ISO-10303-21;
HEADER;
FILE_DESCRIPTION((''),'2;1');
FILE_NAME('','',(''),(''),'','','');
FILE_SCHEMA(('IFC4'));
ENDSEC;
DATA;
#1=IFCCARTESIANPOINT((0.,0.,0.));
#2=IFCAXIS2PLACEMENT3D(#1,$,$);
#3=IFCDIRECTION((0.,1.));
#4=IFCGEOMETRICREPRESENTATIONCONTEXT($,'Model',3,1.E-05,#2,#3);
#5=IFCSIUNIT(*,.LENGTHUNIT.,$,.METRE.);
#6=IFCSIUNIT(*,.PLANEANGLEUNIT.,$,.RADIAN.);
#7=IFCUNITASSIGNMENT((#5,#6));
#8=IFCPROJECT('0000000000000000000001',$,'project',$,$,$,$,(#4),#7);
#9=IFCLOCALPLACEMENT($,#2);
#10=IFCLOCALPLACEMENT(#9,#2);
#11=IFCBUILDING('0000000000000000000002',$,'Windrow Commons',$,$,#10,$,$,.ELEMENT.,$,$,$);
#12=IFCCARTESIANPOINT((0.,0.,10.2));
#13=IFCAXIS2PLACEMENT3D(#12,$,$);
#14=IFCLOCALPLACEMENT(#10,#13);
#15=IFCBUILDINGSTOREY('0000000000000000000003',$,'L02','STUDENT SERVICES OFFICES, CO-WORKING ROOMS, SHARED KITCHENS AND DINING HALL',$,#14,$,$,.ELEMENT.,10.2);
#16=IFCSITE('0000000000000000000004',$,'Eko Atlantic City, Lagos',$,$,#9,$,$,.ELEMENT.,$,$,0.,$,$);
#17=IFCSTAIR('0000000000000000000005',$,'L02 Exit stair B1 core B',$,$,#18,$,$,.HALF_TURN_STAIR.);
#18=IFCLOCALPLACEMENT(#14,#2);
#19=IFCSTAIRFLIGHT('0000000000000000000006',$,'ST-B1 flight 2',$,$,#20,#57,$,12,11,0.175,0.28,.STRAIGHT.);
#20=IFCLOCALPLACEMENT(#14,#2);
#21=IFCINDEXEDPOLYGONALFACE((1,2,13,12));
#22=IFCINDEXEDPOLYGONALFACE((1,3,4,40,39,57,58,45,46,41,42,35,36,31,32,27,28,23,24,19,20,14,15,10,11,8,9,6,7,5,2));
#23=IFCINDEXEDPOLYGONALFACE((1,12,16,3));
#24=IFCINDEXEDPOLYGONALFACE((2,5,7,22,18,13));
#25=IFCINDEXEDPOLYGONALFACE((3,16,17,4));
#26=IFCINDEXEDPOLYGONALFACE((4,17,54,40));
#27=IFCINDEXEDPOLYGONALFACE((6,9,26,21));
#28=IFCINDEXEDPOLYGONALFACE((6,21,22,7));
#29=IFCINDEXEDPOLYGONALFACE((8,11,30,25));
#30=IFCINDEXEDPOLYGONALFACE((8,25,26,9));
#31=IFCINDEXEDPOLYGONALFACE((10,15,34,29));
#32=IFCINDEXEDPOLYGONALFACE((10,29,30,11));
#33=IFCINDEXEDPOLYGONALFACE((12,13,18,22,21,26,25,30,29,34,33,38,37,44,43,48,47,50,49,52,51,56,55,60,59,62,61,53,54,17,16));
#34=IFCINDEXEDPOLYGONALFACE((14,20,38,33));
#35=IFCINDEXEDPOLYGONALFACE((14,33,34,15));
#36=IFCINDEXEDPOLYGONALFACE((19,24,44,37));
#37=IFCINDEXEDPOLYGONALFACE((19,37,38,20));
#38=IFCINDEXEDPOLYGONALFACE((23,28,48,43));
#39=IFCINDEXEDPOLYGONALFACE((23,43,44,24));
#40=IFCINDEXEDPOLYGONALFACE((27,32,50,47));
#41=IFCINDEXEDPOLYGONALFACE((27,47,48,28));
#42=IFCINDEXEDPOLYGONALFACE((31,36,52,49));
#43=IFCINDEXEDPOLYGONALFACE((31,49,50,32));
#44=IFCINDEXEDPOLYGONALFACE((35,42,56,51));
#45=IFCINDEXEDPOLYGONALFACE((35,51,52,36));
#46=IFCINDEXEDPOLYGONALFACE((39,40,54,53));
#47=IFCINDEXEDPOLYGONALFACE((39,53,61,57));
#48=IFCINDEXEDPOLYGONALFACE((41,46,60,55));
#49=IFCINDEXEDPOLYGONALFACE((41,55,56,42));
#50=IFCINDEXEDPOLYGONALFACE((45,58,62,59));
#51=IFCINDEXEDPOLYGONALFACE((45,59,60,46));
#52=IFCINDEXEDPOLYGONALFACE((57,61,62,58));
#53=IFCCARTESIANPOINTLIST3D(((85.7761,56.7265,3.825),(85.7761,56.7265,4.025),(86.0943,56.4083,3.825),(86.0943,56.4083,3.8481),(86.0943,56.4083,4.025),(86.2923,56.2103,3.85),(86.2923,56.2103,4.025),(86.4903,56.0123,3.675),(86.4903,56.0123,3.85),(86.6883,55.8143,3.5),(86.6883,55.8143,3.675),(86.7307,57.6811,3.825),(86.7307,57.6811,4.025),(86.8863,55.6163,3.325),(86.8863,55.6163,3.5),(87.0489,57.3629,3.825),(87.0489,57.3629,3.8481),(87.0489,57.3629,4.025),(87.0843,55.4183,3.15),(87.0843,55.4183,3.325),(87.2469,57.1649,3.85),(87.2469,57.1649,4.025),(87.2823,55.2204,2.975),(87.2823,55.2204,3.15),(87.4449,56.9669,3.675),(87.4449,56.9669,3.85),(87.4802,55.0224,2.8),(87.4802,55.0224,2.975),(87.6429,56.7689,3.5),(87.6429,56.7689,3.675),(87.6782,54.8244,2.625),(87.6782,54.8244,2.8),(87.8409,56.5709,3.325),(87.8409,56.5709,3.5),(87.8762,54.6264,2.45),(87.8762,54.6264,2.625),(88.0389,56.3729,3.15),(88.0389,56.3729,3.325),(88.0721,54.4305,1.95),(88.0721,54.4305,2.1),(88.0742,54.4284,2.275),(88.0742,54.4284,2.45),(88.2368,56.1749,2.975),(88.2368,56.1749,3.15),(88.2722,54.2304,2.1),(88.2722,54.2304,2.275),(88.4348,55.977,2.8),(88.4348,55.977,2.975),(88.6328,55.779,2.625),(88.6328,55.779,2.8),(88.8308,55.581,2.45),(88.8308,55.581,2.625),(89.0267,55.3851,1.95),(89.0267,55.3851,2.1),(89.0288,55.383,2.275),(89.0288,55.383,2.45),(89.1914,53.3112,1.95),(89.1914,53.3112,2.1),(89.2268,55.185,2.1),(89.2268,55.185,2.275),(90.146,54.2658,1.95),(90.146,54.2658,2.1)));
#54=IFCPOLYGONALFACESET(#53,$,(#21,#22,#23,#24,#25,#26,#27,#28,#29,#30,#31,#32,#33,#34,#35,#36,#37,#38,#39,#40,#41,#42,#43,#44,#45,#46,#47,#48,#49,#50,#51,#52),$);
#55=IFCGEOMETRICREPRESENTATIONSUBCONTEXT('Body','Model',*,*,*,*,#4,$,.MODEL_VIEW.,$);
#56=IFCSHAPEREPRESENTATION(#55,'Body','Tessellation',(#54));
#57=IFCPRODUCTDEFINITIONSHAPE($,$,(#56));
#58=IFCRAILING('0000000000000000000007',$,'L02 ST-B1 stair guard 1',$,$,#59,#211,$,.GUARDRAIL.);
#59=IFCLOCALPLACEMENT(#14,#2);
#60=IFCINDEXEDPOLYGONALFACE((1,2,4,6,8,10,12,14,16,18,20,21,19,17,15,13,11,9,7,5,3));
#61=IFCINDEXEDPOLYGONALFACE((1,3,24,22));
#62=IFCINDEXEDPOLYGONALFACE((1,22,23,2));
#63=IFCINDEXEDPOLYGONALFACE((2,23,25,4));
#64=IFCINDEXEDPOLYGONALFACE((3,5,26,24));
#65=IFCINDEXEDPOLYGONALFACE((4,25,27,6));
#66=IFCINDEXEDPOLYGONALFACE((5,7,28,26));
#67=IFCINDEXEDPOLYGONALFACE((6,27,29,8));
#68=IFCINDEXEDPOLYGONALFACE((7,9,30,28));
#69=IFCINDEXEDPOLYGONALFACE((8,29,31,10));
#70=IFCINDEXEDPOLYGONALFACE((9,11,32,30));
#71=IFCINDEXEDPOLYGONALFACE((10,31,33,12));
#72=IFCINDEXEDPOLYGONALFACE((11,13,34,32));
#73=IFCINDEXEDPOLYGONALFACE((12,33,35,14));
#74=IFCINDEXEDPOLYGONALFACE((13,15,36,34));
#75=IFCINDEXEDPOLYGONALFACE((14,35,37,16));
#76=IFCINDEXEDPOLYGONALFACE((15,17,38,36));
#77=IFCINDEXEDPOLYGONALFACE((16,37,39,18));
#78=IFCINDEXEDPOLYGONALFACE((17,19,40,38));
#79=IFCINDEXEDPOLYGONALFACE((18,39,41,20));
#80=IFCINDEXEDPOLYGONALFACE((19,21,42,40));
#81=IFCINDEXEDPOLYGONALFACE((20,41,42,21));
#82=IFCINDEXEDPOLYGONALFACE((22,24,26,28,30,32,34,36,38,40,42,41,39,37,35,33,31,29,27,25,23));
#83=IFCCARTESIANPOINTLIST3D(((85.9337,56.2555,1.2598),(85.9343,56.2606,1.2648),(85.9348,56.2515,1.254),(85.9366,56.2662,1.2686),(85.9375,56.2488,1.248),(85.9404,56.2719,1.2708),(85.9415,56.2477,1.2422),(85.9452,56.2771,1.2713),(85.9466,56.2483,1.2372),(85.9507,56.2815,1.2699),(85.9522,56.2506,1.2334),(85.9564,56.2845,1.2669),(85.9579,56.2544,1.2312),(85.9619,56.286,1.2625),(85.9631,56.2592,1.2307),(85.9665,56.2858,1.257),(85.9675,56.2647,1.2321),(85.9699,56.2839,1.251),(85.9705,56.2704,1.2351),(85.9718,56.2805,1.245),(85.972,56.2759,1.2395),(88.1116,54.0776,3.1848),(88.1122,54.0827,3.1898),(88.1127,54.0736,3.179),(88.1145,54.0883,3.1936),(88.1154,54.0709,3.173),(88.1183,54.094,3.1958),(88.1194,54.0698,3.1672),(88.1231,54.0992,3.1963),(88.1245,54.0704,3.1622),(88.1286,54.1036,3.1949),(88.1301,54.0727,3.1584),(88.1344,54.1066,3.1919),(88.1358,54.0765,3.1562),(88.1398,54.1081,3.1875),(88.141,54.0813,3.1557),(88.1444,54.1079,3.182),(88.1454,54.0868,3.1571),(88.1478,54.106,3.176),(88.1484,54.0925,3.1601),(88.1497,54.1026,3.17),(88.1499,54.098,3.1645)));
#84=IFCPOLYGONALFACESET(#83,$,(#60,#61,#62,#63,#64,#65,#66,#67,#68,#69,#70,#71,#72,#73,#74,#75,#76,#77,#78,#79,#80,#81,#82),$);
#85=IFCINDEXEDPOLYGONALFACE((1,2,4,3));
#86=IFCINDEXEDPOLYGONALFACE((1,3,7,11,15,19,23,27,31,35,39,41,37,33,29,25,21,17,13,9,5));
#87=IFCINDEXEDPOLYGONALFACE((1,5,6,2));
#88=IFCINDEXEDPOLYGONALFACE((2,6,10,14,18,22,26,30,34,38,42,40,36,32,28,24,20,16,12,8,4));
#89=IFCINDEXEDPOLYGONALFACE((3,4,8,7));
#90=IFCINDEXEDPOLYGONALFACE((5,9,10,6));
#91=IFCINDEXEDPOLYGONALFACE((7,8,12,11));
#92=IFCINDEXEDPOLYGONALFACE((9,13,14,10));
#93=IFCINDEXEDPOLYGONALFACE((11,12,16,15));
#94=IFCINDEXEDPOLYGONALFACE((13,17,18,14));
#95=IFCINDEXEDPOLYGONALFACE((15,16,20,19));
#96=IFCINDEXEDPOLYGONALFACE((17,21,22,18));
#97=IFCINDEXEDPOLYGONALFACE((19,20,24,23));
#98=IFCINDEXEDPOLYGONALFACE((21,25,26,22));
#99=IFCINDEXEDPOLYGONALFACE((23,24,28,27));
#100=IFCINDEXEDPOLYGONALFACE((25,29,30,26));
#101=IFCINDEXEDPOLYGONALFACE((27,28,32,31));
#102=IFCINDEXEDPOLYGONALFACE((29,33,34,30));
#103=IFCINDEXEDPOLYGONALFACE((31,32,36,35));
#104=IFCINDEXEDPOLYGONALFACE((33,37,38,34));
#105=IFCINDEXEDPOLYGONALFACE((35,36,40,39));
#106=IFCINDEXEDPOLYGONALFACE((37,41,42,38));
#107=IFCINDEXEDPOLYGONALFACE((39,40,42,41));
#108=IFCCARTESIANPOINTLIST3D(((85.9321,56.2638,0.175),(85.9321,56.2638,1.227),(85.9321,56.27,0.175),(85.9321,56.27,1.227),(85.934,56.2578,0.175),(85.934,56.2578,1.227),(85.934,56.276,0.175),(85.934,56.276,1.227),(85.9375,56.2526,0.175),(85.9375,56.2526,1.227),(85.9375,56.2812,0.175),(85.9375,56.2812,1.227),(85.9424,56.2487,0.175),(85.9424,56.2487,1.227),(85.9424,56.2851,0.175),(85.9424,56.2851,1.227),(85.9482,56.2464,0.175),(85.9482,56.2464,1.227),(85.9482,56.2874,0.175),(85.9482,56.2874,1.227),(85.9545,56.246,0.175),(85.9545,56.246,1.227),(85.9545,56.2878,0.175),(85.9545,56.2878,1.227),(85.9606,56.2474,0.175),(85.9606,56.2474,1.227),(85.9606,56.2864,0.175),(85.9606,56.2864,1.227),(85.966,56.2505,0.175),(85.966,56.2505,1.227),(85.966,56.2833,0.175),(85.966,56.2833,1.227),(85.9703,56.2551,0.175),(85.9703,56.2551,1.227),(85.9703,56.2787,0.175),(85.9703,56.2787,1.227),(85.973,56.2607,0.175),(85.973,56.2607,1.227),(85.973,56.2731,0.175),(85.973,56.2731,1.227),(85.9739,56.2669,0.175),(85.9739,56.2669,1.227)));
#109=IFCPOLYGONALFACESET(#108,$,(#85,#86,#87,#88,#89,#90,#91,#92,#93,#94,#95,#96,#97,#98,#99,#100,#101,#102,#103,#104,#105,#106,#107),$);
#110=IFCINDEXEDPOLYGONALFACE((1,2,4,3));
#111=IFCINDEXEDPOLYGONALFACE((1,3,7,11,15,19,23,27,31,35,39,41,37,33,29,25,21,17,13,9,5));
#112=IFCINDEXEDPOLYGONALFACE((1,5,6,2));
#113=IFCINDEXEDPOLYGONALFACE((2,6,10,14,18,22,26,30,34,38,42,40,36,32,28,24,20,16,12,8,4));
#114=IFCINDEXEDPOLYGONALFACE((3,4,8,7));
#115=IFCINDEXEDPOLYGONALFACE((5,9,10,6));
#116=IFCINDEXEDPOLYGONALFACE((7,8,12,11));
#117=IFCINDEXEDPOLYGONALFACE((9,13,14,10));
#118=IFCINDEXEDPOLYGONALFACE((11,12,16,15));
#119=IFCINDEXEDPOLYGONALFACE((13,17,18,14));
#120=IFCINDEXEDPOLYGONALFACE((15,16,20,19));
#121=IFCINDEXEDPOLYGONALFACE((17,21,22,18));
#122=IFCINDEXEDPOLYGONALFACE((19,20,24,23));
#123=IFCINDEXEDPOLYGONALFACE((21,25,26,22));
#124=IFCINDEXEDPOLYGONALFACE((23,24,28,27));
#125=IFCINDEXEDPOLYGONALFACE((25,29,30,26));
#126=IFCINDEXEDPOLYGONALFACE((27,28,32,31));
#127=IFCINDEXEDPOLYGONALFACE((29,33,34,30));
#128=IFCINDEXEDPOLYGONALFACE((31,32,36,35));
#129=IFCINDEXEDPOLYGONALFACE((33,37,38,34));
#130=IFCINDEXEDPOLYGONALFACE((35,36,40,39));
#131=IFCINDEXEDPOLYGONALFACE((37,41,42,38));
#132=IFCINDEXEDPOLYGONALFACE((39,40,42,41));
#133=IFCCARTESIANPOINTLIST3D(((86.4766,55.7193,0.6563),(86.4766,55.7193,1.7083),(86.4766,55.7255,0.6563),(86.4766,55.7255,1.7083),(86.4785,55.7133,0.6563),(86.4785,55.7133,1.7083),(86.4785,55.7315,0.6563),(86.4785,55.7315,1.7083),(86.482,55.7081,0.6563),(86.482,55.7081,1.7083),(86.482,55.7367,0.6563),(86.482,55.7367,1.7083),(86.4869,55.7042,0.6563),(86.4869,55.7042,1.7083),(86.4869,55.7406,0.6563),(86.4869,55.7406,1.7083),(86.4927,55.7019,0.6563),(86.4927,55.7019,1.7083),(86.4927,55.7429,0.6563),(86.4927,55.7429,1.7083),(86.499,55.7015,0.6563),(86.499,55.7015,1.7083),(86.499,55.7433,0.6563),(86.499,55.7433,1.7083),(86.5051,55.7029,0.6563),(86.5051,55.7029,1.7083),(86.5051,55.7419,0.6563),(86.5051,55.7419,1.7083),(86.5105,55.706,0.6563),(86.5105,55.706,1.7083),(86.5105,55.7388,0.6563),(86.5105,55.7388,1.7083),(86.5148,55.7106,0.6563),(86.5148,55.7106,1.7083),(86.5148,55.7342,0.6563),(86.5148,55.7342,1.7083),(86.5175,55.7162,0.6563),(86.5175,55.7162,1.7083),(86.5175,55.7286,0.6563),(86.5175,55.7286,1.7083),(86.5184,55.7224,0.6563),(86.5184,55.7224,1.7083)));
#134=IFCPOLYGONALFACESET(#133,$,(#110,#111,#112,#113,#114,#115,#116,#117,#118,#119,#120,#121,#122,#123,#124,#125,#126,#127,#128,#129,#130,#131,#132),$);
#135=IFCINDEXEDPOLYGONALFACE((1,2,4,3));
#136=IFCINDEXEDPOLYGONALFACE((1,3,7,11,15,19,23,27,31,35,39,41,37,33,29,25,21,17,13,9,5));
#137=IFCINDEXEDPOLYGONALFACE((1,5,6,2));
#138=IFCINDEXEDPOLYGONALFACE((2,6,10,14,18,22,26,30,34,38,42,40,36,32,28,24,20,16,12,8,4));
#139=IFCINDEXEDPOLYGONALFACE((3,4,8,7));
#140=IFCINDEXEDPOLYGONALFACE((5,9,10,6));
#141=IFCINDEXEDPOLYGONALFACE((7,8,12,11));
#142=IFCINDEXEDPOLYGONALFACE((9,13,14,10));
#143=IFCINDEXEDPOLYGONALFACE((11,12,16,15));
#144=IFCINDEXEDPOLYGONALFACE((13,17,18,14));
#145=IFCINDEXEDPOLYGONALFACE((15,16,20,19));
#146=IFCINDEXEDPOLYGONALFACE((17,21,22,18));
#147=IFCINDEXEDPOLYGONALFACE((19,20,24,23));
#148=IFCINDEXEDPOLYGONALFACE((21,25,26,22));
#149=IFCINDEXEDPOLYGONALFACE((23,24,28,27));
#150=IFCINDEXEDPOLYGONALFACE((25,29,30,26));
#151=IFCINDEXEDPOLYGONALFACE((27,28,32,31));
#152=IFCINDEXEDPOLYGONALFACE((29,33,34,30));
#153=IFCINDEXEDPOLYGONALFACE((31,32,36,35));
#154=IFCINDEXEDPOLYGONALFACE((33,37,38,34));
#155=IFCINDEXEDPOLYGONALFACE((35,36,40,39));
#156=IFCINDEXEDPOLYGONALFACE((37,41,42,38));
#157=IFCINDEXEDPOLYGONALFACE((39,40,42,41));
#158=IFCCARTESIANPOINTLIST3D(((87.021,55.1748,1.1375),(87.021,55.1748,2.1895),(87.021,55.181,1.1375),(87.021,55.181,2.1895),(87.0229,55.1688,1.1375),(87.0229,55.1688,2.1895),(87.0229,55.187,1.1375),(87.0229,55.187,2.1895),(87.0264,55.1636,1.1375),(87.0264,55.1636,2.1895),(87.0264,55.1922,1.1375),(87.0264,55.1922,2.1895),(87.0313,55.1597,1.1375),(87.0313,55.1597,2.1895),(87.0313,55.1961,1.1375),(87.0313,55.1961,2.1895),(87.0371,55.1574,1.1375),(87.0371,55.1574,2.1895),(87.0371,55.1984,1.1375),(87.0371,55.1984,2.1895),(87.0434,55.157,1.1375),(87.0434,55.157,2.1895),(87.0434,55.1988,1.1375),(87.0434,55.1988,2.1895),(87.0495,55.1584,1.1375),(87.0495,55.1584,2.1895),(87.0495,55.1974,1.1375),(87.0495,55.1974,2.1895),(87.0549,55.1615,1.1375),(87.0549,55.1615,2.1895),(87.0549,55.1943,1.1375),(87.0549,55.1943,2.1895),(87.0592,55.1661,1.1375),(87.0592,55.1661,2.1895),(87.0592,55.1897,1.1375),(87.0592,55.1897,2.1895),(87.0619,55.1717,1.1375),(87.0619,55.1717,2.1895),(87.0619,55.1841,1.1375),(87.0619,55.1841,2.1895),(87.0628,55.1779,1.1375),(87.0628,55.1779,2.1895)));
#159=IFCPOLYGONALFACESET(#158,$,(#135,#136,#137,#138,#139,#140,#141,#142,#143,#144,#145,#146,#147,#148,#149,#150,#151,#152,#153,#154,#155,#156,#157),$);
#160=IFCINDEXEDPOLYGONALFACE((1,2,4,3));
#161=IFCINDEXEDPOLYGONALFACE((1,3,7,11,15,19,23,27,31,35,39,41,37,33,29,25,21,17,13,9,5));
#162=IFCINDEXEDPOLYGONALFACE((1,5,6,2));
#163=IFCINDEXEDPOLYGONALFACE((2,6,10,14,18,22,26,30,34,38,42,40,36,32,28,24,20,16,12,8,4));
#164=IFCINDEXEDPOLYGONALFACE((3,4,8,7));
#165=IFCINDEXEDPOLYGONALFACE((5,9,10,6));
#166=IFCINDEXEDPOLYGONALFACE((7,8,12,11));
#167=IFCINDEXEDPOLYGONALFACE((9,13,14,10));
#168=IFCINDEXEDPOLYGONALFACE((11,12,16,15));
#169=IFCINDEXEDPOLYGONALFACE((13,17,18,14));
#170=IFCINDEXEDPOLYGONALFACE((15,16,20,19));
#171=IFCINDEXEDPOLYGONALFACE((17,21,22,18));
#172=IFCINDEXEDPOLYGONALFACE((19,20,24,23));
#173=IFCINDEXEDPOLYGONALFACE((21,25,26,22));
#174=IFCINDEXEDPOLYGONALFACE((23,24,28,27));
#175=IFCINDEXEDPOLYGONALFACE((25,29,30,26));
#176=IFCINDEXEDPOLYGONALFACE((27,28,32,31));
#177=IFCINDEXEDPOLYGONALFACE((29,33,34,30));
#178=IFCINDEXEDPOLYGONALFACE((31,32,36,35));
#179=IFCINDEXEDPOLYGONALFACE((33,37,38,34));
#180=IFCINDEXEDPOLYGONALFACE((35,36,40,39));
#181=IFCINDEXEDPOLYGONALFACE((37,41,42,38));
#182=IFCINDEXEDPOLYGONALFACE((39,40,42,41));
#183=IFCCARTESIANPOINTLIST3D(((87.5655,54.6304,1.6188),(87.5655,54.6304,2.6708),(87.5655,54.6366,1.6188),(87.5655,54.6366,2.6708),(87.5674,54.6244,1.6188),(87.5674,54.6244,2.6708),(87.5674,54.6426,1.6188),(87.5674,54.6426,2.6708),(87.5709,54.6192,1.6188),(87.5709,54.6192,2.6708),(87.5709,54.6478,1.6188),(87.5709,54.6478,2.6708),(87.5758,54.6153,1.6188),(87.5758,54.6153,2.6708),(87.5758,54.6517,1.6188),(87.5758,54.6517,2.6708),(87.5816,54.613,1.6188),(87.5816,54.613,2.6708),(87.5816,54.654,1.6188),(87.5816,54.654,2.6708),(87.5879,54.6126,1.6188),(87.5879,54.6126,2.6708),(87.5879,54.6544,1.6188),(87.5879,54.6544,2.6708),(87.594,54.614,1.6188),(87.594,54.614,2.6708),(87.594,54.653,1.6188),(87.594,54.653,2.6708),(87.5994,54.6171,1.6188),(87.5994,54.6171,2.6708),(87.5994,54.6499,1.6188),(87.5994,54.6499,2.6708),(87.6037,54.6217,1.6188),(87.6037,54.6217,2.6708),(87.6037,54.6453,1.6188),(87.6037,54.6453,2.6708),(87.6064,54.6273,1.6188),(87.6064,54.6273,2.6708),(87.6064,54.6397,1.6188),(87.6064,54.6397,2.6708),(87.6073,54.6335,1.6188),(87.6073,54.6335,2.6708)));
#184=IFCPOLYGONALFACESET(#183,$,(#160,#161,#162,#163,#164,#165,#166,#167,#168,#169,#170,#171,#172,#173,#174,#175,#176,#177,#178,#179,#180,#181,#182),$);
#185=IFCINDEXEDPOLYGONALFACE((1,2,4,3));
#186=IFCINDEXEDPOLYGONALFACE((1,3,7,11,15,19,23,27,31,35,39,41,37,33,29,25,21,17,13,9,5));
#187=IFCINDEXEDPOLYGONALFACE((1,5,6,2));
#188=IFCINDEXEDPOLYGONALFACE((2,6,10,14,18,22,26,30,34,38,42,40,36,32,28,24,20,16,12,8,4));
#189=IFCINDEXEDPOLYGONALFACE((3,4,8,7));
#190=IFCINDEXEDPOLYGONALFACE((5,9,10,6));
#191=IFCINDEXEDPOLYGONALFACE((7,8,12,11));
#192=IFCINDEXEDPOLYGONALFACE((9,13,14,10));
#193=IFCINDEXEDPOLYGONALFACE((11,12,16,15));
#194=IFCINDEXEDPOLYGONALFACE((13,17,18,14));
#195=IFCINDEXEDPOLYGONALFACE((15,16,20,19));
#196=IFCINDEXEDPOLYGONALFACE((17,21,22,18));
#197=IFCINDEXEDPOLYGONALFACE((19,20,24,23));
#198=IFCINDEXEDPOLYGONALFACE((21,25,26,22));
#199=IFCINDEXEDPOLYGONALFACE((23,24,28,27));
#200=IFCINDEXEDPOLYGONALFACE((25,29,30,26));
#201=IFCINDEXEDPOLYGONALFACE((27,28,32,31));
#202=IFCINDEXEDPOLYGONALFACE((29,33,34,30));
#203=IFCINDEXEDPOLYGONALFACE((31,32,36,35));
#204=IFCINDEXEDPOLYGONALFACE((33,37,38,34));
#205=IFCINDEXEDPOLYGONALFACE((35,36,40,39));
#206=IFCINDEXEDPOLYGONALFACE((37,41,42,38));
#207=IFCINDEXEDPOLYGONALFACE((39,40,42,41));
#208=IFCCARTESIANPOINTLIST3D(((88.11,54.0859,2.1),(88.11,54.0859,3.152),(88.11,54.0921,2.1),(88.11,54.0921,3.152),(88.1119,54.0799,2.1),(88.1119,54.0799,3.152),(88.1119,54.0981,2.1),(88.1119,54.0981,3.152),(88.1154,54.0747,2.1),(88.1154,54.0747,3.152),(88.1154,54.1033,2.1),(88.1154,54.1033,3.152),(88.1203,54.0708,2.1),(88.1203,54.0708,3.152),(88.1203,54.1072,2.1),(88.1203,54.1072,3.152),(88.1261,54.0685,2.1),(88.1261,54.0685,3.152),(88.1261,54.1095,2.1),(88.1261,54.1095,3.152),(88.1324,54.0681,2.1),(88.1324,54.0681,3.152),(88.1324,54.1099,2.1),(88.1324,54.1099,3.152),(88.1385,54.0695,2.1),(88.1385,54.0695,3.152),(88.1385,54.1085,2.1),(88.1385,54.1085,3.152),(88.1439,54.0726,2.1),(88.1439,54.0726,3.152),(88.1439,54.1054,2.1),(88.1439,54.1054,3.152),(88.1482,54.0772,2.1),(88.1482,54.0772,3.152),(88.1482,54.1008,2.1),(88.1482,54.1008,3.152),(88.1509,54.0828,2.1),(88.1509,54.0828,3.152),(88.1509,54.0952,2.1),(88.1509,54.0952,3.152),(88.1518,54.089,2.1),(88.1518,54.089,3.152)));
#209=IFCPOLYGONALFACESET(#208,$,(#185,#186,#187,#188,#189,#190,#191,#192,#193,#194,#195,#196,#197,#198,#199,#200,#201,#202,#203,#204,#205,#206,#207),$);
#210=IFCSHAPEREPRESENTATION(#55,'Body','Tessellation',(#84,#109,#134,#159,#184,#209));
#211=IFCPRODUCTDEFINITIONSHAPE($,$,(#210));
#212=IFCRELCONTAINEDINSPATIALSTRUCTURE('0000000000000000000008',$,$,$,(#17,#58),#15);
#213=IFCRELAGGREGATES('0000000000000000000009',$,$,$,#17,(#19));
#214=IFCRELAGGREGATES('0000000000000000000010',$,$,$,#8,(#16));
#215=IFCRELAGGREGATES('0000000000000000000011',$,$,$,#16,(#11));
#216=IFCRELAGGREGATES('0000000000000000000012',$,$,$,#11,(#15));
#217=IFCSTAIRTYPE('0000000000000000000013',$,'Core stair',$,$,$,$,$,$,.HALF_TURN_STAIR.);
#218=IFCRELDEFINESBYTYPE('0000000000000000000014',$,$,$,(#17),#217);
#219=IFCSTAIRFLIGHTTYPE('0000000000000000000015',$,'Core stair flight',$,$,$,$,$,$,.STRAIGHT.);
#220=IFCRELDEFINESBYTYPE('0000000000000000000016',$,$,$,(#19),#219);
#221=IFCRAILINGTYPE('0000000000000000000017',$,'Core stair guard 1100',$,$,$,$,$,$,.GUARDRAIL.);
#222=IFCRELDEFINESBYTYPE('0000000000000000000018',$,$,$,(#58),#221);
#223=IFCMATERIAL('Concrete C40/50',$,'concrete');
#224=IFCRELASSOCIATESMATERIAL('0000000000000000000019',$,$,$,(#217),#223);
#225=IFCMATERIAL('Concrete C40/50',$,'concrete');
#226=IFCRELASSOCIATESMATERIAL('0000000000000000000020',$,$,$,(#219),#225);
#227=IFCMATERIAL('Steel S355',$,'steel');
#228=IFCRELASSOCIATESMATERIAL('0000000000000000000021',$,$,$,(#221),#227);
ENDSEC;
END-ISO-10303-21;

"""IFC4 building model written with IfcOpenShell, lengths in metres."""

from ifc_helpers import new_model, si_unit, direction, frame, origin, origin_2d, place, context, subcontext, project, spatial, polyline, circle, outline, extrude, material, type_object, element, aggregate, save


model = new_model("IFC4")

# Units and contexts
model_context = context("Model", 3, precision=1e-05, world=origin(), true_north=direction((0.0, 1.0)))
body_context = subcontext(model_context, "Body", "Model", "MODEL_VIEW")
ifc_project = project(units=[si_unit("LENGTHUNIT", "METRE"), si_unit("PLANEANGLEUNIT", "RADIAN")], contexts=[model_context])

# Site, building, storey
site_placement = place(None, origin())
site = spatial("IfcSite", under=ifc_project, at=site_placement, Name="Eko Atlantic City, Lagos", CompositionType="ELEMENT", RefElevation=0.0)
building_placement = place(site_placement, origin())
building = spatial("IfcBuilding", under=site, at=building_placement, Name="Windrow Commons", CompositionType="ELEMENT")
storey_placement = place(building_placement, frame((0.0, 0.0, 10.2)))
storey = spatial("IfcBuildingStorey", under=building, at=storey_placement, Name="L02", Description="STUDENT SERVICES OFFICES, CO-WORKING ROOMS, SHARED KITCHENS AND DINING HALL", CompositionType="ELEMENT", Elevation=10.2)

# Stair, stair flight
ifc_material_1 = material(Name="Concrete C40/50", Category="concrete")
stair_type = type_object("IfcStairType", Name="Core stair", PredefinedType="HALF_TURN_STAIR", material=ifc_material_1)
stair_placement = place(storey_placement, origin())
stair = element("IfcStair", 1, at=stair_placement, inside=storey, type_object=stair_type, Name="L02 Exit stair B1 core B", PredefinedType="HALF_TURN_STAIR")
ifc_material_2 = material(Name="Concrete C40/50", Category="concrete")
stair_flight_type = type_object("IfcStairFlightType", Name="Core stair flight", PredefinedType="STRAIGHT", material=ifc_material_2)
stair_flight_1_placement = place(storey_placement, frame((88.7495, 54.7077, 2.1), z_axis=(0.0, 0.0, 1.0), x_axis=(-0.707107, 0.707107, 0.0)))
stair_flight_1 = element("IfcStairFlight", 2, at=stair_flight_1_placement, type_object=stair_flight_type, Name="ST-B1 flight 2", NumberOfRisers=12, NumberOfTreads=11, PredefinedType="STRAIGHT", RiserHeight=0.175, TreadLength=0.28, context=body_context, shape_type="SweptSolid", body=[
    extrude(outline(polyline([(-1.3, -0.15), (-1.3, 0.0), (0.0, 0.0), (0.0, 0.175), (0.28, 0.175), (0.28, 0.35), (0.56, 0.35), (0.56, 0.525), (0.84, 0.525), (0.84, 0.7), (1.12, 0.7), (1.12, 0.875), (1.4, 0.875), (1.4, 1.05), (1.68, 1.05), (1.68, 1.225), (1.96, 1.225), (1.96, 1.4), (2.24, 1.4), (2.24, 1.575), (2.52, 1.575), (2.52, 1.75), (2.8, 1.75), (2.8, 1.925), (3.08, 1.925), (3.53, 1.925), (3.53, 1.725), (3.08, 1.725), (3.08, 1.7481), (0.283, 0.0), (0.283, -0.15), (-1.3, -0.15)])), frame((0.0, 0.675, 0.0), z_axis=(0.0, -1.0, 0.0), x_axis=(1.0, 0.0, 0.0)), (0.0, 0.0, 1.0), 1.35),
])
aggregate(stair, [stair_flight_1])

# Railing
ifc_material_3 = material(Name="Steel S355", Category="steel")
railing_type_1 = type_object("IfcRailingType", Name="Core stair guard 1100", PredefinedType="GUARDRAIL", material=ifc_material_3)
railing_1_placement = place(storey_placement, frame((85.9529, 56.2669, 0.175)))
element("IfcRailing", 3, at=railing_1_placement, inside=storey, type_object=railing_type_1, Name="L02 ST-B1 stair guard 1", PredefinedType="GUARDRAIL", context=body_context, shape_type="SweptSolid", body=[
    extrude(circle(Radius=0.024, at=origin_2d()), frame((0.0, 0.0, 1.076), z_axis=(0.599626, -0.599626, 0.529997), x_axis=(0.707107, 0.707107, 0.0)), (0.0, 0.0, 1.0), 3.6321),
    extrude(circle(Radius=0.021, at=origin_2d()), origin(), (0.0, 0.0, 1.0), 1.052),
    extrude(circle(Radius=0.021, at=origin_2d()), frame((0.5445, -0.5445, 0.4813)), (0.0, 0.0, 1.0), 1.052),
    extrude(circle(Radius=0.021, at=origin_2d()), frame((1.0889, -1.089, 0.9625)), (0.0, 0.0, 1.0), 1.052),
    extrude(circle(Radius=0.021, at=origin_2d()), frame((1.6334, -1.6334, 1.4438)), (0.0, 0.0, 1.0), 1.052),
    extrude(circle(Radius=0.021, at=origin_2d()), frame((2.1779, -2.1779, 1.925)), (0.0, 0.0, 1.0), 1.052),
])

save(model, "model.ifc")
